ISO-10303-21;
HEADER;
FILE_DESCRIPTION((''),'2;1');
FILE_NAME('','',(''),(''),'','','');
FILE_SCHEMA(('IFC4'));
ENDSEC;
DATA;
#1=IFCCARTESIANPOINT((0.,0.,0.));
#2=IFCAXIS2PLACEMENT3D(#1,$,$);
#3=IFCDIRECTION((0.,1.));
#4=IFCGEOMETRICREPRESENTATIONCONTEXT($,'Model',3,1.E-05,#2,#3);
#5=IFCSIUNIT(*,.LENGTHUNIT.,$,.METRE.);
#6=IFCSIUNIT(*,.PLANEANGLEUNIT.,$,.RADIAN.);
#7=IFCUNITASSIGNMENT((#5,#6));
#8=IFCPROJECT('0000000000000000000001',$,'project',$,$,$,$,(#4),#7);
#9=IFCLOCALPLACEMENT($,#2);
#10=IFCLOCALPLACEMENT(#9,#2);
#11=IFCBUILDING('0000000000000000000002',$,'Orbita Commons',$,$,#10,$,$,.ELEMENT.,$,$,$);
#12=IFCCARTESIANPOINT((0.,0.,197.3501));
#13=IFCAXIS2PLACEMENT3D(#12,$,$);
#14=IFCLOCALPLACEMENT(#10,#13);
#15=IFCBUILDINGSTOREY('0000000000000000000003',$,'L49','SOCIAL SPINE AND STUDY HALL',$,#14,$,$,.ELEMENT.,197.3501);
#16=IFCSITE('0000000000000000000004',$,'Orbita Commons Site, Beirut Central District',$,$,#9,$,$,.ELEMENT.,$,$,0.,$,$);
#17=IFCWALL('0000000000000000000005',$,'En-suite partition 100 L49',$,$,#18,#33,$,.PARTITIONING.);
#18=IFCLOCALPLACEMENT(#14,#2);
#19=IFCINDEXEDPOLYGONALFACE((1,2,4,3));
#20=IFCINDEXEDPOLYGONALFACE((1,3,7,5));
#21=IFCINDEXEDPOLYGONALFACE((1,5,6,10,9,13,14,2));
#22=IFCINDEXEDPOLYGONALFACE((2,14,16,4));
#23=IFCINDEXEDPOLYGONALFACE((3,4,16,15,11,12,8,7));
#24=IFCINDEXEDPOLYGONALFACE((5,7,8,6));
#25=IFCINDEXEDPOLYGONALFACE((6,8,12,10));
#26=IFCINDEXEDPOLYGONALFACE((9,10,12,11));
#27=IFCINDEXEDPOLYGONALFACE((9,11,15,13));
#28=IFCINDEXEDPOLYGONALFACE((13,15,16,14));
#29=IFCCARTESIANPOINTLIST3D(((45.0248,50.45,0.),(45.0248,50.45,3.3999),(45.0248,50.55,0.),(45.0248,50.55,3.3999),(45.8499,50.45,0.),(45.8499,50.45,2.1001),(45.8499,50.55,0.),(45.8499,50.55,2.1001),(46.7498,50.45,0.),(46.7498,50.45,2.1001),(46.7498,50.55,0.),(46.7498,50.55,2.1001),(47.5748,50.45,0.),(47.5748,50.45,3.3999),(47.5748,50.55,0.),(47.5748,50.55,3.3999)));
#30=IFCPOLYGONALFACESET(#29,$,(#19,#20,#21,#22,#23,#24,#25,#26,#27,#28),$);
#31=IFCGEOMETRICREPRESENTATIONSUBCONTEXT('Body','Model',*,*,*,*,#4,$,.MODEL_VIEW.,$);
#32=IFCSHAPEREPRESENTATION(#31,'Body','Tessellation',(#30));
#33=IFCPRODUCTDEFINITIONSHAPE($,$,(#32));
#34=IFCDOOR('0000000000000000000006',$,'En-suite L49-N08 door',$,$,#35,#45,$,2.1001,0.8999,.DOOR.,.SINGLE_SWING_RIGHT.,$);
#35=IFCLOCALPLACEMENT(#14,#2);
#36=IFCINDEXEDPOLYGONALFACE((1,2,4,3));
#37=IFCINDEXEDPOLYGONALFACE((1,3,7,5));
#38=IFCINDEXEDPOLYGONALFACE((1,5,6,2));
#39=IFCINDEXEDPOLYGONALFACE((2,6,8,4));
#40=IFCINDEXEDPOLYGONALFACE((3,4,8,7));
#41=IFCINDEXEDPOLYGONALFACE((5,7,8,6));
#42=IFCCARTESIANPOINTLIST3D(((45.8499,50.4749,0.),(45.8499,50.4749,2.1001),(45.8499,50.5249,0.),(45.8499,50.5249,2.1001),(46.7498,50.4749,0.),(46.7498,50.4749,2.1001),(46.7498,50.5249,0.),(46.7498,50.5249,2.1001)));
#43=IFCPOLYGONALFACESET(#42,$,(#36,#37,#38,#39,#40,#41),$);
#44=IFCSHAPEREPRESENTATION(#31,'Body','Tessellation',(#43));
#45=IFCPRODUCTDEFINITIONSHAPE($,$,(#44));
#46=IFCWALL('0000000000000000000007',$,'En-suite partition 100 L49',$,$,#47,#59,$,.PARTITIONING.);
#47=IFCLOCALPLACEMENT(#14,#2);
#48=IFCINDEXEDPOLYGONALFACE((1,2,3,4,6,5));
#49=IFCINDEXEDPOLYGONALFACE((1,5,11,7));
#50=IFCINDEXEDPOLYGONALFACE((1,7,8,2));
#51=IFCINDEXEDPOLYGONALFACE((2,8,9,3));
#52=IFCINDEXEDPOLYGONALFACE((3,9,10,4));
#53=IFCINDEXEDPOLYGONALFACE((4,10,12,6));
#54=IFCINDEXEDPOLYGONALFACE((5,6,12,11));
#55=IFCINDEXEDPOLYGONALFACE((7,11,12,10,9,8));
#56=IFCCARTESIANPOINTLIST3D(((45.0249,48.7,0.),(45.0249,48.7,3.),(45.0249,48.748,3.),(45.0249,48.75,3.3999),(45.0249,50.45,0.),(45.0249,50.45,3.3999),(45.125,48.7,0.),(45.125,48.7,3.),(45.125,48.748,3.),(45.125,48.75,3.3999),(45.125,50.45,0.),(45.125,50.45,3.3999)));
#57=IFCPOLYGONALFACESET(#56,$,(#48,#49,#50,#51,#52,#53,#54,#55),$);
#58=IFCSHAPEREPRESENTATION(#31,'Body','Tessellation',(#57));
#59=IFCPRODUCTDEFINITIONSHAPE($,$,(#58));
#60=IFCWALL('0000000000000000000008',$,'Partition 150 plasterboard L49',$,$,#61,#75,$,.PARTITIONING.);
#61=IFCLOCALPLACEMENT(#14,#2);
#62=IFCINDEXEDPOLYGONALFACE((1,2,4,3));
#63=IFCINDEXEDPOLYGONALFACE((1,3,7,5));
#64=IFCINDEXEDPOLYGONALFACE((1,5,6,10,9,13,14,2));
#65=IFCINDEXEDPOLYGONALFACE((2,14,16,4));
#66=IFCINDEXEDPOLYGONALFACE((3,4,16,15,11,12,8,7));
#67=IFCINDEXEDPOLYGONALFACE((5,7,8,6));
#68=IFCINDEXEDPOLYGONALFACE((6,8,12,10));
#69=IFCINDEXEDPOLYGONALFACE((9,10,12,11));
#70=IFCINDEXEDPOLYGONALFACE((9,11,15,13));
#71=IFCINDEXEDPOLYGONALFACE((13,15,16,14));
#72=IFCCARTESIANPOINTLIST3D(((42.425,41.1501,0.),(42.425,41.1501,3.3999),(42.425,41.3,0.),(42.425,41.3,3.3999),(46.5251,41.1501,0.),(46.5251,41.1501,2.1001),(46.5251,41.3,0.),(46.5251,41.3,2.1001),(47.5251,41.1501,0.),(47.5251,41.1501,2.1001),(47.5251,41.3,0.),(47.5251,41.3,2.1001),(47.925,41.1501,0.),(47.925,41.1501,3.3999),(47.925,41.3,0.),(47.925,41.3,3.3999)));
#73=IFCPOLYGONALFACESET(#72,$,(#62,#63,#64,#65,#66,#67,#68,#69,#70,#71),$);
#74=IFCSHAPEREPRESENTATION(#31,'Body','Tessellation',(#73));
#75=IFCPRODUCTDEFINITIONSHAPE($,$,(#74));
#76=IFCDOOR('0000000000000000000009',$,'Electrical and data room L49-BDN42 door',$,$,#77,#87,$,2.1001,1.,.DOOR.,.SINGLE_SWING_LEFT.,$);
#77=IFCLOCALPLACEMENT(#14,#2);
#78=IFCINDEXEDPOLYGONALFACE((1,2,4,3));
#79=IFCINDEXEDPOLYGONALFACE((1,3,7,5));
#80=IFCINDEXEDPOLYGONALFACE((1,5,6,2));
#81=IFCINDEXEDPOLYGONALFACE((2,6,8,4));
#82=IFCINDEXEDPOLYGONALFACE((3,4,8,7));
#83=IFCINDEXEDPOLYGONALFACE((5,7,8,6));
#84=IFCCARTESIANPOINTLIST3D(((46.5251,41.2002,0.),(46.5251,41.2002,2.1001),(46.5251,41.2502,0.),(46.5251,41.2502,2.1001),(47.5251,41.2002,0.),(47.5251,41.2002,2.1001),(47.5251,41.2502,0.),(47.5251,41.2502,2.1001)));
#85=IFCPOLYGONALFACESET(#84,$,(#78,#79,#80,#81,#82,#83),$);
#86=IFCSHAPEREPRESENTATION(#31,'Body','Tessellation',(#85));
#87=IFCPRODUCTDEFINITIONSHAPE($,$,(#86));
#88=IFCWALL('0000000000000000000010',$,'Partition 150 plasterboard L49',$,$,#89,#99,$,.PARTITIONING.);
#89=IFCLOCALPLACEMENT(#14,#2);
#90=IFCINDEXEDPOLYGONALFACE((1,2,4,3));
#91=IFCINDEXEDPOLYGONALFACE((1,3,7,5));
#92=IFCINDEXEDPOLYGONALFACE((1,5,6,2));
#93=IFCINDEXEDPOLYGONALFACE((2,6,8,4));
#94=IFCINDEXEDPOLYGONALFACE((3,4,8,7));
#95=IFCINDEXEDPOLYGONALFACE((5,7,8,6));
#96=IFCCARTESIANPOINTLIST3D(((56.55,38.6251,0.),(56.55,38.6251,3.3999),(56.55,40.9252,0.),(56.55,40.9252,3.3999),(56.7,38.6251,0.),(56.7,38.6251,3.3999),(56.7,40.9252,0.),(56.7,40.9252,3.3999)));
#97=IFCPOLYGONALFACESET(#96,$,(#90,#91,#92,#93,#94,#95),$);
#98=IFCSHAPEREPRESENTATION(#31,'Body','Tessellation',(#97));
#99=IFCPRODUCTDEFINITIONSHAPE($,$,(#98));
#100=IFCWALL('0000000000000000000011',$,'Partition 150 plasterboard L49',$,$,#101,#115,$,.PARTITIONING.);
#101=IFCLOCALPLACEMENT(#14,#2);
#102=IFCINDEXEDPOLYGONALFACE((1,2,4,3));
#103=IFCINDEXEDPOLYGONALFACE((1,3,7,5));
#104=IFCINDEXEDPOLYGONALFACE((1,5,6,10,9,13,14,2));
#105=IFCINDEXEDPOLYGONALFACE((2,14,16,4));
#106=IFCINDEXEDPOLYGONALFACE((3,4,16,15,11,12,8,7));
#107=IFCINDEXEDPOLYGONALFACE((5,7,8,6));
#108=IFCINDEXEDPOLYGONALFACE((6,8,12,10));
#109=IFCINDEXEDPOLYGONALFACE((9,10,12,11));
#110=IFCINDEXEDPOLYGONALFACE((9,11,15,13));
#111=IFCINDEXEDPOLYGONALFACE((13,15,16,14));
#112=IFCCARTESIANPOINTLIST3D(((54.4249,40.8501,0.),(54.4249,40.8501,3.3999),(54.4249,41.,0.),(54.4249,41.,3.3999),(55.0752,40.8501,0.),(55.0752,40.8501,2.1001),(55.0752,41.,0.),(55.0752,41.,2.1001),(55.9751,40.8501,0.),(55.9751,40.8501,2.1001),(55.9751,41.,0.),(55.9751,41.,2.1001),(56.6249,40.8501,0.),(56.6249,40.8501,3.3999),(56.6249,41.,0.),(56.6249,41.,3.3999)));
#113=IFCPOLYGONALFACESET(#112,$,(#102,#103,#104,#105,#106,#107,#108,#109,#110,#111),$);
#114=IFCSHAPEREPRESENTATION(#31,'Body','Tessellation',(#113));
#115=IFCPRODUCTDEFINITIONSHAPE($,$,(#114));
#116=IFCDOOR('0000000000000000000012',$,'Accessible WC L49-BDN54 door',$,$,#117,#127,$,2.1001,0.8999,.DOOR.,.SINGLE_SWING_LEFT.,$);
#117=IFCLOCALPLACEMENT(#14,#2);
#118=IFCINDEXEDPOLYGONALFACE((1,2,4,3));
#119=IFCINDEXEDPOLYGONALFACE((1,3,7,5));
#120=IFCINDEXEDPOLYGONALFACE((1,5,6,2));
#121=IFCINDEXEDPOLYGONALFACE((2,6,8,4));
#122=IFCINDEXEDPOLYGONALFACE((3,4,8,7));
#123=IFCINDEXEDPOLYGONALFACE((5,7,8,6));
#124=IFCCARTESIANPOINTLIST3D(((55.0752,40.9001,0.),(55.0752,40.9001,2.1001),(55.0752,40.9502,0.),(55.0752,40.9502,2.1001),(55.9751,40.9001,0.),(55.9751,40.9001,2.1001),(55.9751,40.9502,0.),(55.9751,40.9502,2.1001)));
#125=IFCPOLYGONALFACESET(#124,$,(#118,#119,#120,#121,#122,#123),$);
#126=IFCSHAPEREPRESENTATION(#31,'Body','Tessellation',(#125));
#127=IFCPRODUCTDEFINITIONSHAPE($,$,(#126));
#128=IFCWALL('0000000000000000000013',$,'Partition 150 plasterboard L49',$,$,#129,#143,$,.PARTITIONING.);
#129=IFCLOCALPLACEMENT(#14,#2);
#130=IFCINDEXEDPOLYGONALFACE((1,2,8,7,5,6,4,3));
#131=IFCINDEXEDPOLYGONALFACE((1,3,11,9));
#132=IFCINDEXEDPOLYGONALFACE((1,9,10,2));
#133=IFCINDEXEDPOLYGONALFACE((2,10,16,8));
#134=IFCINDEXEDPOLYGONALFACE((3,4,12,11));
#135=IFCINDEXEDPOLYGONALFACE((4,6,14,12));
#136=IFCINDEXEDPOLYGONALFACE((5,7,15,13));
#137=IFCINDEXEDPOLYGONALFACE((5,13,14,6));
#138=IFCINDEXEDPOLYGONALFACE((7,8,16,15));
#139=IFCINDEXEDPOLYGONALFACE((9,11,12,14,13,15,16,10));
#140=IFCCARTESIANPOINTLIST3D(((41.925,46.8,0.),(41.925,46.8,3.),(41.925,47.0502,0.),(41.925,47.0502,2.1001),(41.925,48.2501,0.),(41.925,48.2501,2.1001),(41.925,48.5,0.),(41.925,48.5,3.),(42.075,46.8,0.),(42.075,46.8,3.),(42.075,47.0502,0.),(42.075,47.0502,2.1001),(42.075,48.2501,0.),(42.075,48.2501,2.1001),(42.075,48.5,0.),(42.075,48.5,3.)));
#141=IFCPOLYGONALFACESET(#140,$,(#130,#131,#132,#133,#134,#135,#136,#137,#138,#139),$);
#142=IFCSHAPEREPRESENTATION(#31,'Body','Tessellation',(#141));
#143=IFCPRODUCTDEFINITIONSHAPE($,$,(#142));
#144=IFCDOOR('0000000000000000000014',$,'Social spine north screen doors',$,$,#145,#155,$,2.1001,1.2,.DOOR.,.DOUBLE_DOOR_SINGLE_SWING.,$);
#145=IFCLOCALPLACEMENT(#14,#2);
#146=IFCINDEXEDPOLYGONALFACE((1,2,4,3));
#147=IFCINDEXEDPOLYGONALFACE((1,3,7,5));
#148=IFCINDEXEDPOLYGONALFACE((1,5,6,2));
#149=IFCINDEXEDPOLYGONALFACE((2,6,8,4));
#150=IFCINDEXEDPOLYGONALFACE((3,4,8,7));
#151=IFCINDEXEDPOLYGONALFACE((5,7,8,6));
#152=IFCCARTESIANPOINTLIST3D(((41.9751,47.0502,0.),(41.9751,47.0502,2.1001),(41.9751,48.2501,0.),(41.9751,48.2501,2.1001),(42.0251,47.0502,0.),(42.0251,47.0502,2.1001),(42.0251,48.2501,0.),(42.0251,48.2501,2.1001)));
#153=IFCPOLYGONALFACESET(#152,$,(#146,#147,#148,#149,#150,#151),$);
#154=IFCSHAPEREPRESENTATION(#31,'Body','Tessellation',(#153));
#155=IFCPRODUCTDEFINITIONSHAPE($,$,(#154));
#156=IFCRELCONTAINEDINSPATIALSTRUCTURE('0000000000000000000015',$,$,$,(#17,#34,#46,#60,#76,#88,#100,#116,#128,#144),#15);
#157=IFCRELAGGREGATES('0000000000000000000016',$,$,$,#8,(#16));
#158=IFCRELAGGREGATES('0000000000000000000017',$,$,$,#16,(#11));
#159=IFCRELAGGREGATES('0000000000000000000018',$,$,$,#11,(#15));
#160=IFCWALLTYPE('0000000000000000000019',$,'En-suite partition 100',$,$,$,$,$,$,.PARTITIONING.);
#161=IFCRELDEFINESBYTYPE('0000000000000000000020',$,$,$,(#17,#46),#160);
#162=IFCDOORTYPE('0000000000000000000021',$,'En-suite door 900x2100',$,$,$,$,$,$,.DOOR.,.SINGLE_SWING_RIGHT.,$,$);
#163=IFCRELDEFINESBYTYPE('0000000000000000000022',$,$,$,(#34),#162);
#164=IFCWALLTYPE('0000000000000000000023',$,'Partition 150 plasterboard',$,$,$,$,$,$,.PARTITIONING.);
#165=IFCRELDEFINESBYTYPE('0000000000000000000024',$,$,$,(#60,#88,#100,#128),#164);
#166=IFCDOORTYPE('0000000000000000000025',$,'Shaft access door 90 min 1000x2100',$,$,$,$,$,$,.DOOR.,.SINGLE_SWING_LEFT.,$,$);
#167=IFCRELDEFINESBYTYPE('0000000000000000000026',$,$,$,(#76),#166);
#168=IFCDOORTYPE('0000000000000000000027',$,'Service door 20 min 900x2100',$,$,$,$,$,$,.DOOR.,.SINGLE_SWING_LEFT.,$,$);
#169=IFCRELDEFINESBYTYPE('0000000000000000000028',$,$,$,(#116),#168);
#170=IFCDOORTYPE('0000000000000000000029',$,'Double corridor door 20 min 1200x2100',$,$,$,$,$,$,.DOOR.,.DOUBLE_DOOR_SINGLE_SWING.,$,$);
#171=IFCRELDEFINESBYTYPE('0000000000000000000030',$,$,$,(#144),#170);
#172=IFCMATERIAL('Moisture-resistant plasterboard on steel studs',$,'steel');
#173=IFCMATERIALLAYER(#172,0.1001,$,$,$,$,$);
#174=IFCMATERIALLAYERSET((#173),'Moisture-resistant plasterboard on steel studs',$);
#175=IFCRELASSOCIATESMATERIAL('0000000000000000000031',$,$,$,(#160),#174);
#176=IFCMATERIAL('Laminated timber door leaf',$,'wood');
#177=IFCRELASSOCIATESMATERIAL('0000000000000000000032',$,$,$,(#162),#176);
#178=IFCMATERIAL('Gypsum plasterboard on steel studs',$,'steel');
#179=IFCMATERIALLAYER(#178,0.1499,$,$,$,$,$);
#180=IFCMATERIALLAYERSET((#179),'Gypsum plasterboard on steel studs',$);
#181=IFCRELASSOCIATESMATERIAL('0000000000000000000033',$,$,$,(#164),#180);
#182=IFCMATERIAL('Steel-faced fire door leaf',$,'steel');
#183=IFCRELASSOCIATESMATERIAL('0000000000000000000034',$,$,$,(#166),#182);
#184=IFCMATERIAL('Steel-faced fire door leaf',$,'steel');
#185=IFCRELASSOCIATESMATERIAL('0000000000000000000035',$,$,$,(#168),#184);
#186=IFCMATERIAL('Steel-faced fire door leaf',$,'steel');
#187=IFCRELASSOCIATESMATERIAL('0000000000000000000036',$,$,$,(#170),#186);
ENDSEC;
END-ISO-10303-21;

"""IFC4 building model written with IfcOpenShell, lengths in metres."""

from ifc_helpers import new_model, si_unit, direction, frame, frame_2d, origin, place, context, subcontext, project, spatial, polyline, rectangle, outline, extrude, material, layer, layer_set, type_object, element, fill, save


model = new_model("IFC4")

# Units and contexts
model_context = context("Model", 3, precision=1e-05, world=origin(), true_north=direction((0.0, 1.0)))
body_context = subcontext(model_context, "Body", "Model", "MODEL_VIEW")
ifc_project = project(units=[si_unit("LENGTHUNIT", "METRE"), si_unit("PLANEANGLEUNIT", "RADIAN")], contexts=[model_context])

# Site, building, storey
site_placement = place(None, origin())
site = spatial("IfcSite", under=ifc_project, at=site_placement, Name="Orbita Commons Site, Beirut Central District", CompositionType="ELEMENT", RefElevation=0.0)
building_placement = place(site_placement, origin())
building = spatial("IfcBuilding", under=site, at=building_placement, Name="Orbita Commons", CompositionType="ELEMENT")
storey_placement = place(building_placement, frame((0.0, 0.0, 197.3501)))
storey = spatial("IfcBuildingStorey", under=building, at=storey_placement, Name="L49", Description="SOCIAL SPINE AND STUDY HALL", CompositionType="ELEMENT", Elevation=197.3501)

# Wall, opening, door
ifc_material_1 = material(Name="Moisture-resistant plasterboard on steel studs", Category="steel")
ifc_layer_1 = layer(ifc_material_1, 0.1001)
ifc_layer_set_1 = layer_set([ifc_layer_1], Name="Moisture-resistant plasterboard on steel studs")
wall_type_1 = type_object("IfcWallType", Name="En-suite partition 100", PredefinedType="PARTITIONING", material=ifc_layer_set_1)
wall_1_placement = place(storey_placement, frame((45.0249, 50.5, 0.0), z_axis=(0.0, 0.0, 1.0), x_axis=(1.0, 0.0, 0.0)))
wall_1 = element("IfcWall", 1, at=wall_1_placement, inside=storey, type_object=wall_type_1, Name="En-suite partition 100 L49", PredefinedType="PARTITIONING", context=body_context, shape_type="SweptSolid", body=[
    extrude(rectangle(XDim=2.55, YDim=0.1001, at=frame_2d((1.2749, 0.0))), origin(), (0.0, 0.0, 1.0), 3.3999),
])
opening_1_placement = place(wall_1_placement, frame((0.825, 0.0, 0.0)))
opening_1 = element("IfcOpeningElement", 2, at=opening_1_placement, cuts=wall_1, PredefinedType="OPENING", context=body_context, shape_type="SweptSolid", body=[
    extrude(rectangle(XDim=0.8999, YDim=2.1001, at=frame_2d((0.45, 1.05))), frame((0.0, 0.0601, 0.0), z_axis=(0.0, -1.0, 0.0), x_axis=(1.0, 0.0, 0.0)), (0.0, 0.0, 1.0), 0.1201),
])
ifc_material_2 = material(Name="Laminated timber door leaf", Category="wood")
door_type_1 = type_object("IfcDoorType", Name="En-suite door 900x2100", OperationType="SINGLE_SWING_RIGHT", PredefinedType="DOOR", material=ifc_material_2)
door_1_placement = place(opening_1_placement, origin())
door_1 = element("IfcDoor", 3, at=door_1_placement, inside=storey, type_object=door_type_1, Name="En-suite L49-N08 door", OperationType="SINGLE_SWING_RIGHT", OverallHeight=2.1001, OverallWidth=0.8999, PredefinedType="DOOR", context=body_context, shape_type="SweptSolid", body=[
    extrude(rectangle(XDim=0.8999, YDim=2.1001, at=frame_2d((0.45, 1.05))), frame((0.0, 0.0249, 0.0), z_axis=(0.0, -1.0, 0.0), x_axis=(1.0, 0.0, 0.0)), (0.0, 0.0, 1.0), 0.05),
])
fill(opening_1, door_1)

# Wall
wall_2_placement = place(storey_placement, frame((45.075, 50.45, 0.0), z_axis=(0.0, 0.0, 1.0), x_axis=(0.0, -1.0, 0.0)))
element("IfcWall", 4, at=wall_2_placement, inside=storey, type_object=wall_type_1, Name="En-suite partition 100 L49", PredefinedType="PARTITIONING", context=body_context, shape_type="SweptSolid", body=[
    extrude(outline(polyline([(0.0, 0.0), (1.75, 0.0), (1.75, 3.0), (1.7019, 3.0), (1.7, 3.3999), (0.0, 3.3999), (0.0, 0.0)])), frame((0.0, 0.05, 0.0), z_axis=(0.0, -1.0, 0.0), x_axis=(1.0, 0.0, 0.0)), (0.0, 0.0, 1.0), 0.1001),
])

# Wall, opening, door
ifc_material_3 = material(Name="Gypsum plasterboard on steel studs", Category="steel")
ifc_layer_2 = layer(ifc_material_3, 0.1499)
ifc_layer_set_2 = layer_set([ifc_layer_2], Name="Gypsum plasterboard on steel studs")
wall_type_2 = type_object("IfcWallType", Name="Partition 150 plasterboard", PredefinedType="PARTITIONING", material=ifc_layer_set_2)
wall_3_placement = place(storey_placement, frame((47.925, 41.2251, 0.0), z_axis=(0.0, 0.0, 1.0), x_axis=(-1.0, 0.0, 0.0)))
wall_3 = element("IfcWall", 5, at=wall_3_placement, inside=storey, type_object=wall_type_2, Name="Partition 150 plasterboard L49", PredefinedType="PARTITIONING", context=body_context, shape_type="SweptSolid", body=[
    extrude(rectangle(XDim=5.5, YDim=0.1499, at=frame_2d((2.75, 0.0))), origin(), (0.0, 0.0, 1.0), 3.3999),
])
opening_2_placement = place(wall_3_placement, frame((0.3999, 0.0, 0.0)))
opening_2 = element("IfcOpeningElement", 6, at=opening_2_placement, cuts=wall_3, PredefinedType="OPENING", context=body_context, shape_type="SweptSolid", body=[
    extrude(rectangle(XDim=1.0, YDim=2.1001, at=frame_2d((0.5, 1.05))), frame((0.0, 0.085, 0.0), z_axis=(0.0, -1.0, 0.0), x_axis=(1.0, 0.0, 0.0)), (0.0, 0.0, 1.0), 0.1699),
])
ifc_material_4 = material(Name="Steel-faced fire door leaf", Category="steel")
door_type_2 = type_object("IfcDoorType", Name="Shaft access door 90 min 1000x2100", OperationType="SINGLE_SWING_LEFT", PredefinedType="DOOR", material=ifc_material_4)
door_2_placement = place(opening_2_placement, origin())
door_2 = element("IfcDoor", 7, at=door_2_placement, inside=storey, type_object=door_type_2, Name="Electrical and data room L49-BDN42 door", OperationType="SINGLE_SWING_LEFT", OverallHeight=2.1001, OverallWidth=1.0, PredefinedType="DOOR", context=body_context, shape_type="SweptSolid", body=[
    extrude(rectangle(XDim=1.0, YDim=2.1001, at=frame_2d((0.5, 1.05))), frame((0.0, 0.0249, 0.0), z_axis=(0.0, -1.0, 0.0), x_axis=(1.0, 0.0, 0.0)), (0.0, 0.0, 1.0), 0.05),
])
fill(opening_2, door_2)

# Wall
wall_4_placement = place(storey_placement, frame((56.625, 40.925, 0.0), z_axis=(0.0, 0.0, 1.0), x_axis=(0.0, -1.0, 0.0)))
element("IfcWall", 8, at=wall_4_placement, inside=storey, type_object=wall_type_2, Name="Partition 150 plasterboard L49", PredefinedType="PARTITIONING", context=body_context, shape_type="SweptSolid", body=[
    extrude(rectangle(XDim=2.3, YDim=0.1499, at=frame_2d((1.1499, 0.0))), origin(), (0.0, 0.0, 1.0), 3.3999),
])

# Walls, openings, doors
wall_5_placement = place(storey_placement, frame((56.625, 40.925, 0.0), z_axis=(0.0, 0.0, 1.0), x_axis=(-1.0, 0.0, 0.0)))
wall_5 = element("IfcWall", 9, at=wall_5_placement, inside=storey, type_object=wall_type_2, Name="Partition 150 plasterboard L49", PredefinedType="PARTITIONING", context=body_context, shape_type="SweptSolid", body=[
    extrude(rectangle(XDim=2.2, YDim=0.1499, at=frame_2d((1.1001, 0.0))), origin(), (0.0, 0.0, 1.0), 3.3999),
])
opening_3_placement = place(wall_5_placement, frame((0.6499, 0.0, 0.0)))
opening_3 = element("IfcOpeningElement", 10, at=opening_3_placement, cuts=wall_5, PredefinedType="OPENING", context=body_context, shape_type="SweptSolid", body=[
    extrude(rectangle(XDim=0.8999, YDim=2.1001, at=frame_2d((0.45, 1.05))), frame((0.0, 0.085, 0.0), z_axis=(0.0, -1.0, 0.0), x_axis=(1.0, 0.0, 0.0)), (0.0, 0.0, 1.0), 0.1699),
])
ifc_material_5 = material(Name="Steel-faced fire door leaf", Category="steel")
door_type_3 = type_object("IfcDoorType", Name="Service door 20 min 900x2100", OperationType="SINGLE_SWING_LEFT", PredefinedType="DOOR", material=ifc_material_5)
door_3_placement = place(opening_3_placement, origin())
door_3 = element("IfcDoor", 11, at=door_3_placement, inside=storey, type_object=door_type_3, Name="Accessible WC L49-BDN54 door", OperationType="SINGLE_SWING_LEFT", OverallHeight=2.1001, OverallWidth=0.8999, PredefinedType="DOOR", context=body_context, shape_type="SweptSolid", body=[
    extrude(rectangle(XDim=0.8999, YDim=2.1001, at=frame_2d((0.45, 1.05))), frame((0.0, 0.0249, 0.0), z_axis=(0.0, -1.0, 0.0), x_axis=(1.0, 0.0, 0.0)), (0.0, 0.0, 1.0), 0.05),
])
fill(opening_3, door_3)
wall_6_placement = place(storey_placement, frame((42.0, 46.8, 0.0), z_axis=(0.0, 0.0, 1.0), x_axis=(0.0, 1.0, 0.0)))
wall_6 = element("IfcWall", 12, at=wall_6_placement, inside=storey, type_object=wall_type_2, Name="Partition 150 plasterboard L49", PredefinedType="PARTITIONING", context=body_context, shape_type="SweptSolid", body=[
    extrude(outline(polyline([(0.0, 0.0), (1.7, 0.0), (1.7, 3.0), (0.0, 3.0), (0.0, 0.0)])), frame((0.0, 0.075, 0.0), z_axis=(0.0, -1.0, 0.0), x_axis=(1.0, 0.0, 0.0)), (0.0, 0.0, 1.0), 0.1499),
])
opening_4_placement = place(wall_6_placement, frame((0.25, 0.0, 0.0)))
opening_4 = element("IfcOpeningElement", 13, at=opening_4_placement, cuts=wall_6, PredefinedType="OPENING", context=body_context, shape_type="SweptSolid", body=[
    extrude(rectangle(XDim=1.2, YDim=2.1001, at=frame_2d((0.6001, 1.05))), frame((0.0, 0.085, 0.0), z_axis=(0.0, -1.0, 0.0), x_axis=(1.0, 0.0, 0.0)), (0.0, 0.0, 1.0), 0.1699),
])
ifc_material_6 = material(Name="Steel-faced fire door leaf", Category="steel")
door_type_4 = type_object("IfcDoorType", Name="Double corridor door 20 min 1200x2100", OperationType="DOUBLE_DOOR_SINGLE_SWING", PredefinedType="DOOR", material=ifc_material_6)
door_4_placement = place(opening_4_placement, origin())
door_4 = element("IfcDoor", 14, at=door_4_placement, inside=storey, type_object=door_type_4, Name="Social spine north screen doors", OperationType="DOUBLE_DOOR_SINGLE_SWING", OverallHeight=2.1001, OverallWidth=1.2, PredefinedType="DOOR", context=body_context, shape_type="SweptSolid", body=[
    extrude(rectangle(XDim=1.2, YDim=2.1001, at=frame_2d((0.6001, 1.05))), frame((0.0, 0.0249, 0.0), z_axis=(0.0, -1.0, 0.0), x_axis=(1.0, 0.0, 0.0)), (0.0, 0.0, 1.0), 0.05),
])
fill(opening_4, door_4)

save(model, "model.ifc")
